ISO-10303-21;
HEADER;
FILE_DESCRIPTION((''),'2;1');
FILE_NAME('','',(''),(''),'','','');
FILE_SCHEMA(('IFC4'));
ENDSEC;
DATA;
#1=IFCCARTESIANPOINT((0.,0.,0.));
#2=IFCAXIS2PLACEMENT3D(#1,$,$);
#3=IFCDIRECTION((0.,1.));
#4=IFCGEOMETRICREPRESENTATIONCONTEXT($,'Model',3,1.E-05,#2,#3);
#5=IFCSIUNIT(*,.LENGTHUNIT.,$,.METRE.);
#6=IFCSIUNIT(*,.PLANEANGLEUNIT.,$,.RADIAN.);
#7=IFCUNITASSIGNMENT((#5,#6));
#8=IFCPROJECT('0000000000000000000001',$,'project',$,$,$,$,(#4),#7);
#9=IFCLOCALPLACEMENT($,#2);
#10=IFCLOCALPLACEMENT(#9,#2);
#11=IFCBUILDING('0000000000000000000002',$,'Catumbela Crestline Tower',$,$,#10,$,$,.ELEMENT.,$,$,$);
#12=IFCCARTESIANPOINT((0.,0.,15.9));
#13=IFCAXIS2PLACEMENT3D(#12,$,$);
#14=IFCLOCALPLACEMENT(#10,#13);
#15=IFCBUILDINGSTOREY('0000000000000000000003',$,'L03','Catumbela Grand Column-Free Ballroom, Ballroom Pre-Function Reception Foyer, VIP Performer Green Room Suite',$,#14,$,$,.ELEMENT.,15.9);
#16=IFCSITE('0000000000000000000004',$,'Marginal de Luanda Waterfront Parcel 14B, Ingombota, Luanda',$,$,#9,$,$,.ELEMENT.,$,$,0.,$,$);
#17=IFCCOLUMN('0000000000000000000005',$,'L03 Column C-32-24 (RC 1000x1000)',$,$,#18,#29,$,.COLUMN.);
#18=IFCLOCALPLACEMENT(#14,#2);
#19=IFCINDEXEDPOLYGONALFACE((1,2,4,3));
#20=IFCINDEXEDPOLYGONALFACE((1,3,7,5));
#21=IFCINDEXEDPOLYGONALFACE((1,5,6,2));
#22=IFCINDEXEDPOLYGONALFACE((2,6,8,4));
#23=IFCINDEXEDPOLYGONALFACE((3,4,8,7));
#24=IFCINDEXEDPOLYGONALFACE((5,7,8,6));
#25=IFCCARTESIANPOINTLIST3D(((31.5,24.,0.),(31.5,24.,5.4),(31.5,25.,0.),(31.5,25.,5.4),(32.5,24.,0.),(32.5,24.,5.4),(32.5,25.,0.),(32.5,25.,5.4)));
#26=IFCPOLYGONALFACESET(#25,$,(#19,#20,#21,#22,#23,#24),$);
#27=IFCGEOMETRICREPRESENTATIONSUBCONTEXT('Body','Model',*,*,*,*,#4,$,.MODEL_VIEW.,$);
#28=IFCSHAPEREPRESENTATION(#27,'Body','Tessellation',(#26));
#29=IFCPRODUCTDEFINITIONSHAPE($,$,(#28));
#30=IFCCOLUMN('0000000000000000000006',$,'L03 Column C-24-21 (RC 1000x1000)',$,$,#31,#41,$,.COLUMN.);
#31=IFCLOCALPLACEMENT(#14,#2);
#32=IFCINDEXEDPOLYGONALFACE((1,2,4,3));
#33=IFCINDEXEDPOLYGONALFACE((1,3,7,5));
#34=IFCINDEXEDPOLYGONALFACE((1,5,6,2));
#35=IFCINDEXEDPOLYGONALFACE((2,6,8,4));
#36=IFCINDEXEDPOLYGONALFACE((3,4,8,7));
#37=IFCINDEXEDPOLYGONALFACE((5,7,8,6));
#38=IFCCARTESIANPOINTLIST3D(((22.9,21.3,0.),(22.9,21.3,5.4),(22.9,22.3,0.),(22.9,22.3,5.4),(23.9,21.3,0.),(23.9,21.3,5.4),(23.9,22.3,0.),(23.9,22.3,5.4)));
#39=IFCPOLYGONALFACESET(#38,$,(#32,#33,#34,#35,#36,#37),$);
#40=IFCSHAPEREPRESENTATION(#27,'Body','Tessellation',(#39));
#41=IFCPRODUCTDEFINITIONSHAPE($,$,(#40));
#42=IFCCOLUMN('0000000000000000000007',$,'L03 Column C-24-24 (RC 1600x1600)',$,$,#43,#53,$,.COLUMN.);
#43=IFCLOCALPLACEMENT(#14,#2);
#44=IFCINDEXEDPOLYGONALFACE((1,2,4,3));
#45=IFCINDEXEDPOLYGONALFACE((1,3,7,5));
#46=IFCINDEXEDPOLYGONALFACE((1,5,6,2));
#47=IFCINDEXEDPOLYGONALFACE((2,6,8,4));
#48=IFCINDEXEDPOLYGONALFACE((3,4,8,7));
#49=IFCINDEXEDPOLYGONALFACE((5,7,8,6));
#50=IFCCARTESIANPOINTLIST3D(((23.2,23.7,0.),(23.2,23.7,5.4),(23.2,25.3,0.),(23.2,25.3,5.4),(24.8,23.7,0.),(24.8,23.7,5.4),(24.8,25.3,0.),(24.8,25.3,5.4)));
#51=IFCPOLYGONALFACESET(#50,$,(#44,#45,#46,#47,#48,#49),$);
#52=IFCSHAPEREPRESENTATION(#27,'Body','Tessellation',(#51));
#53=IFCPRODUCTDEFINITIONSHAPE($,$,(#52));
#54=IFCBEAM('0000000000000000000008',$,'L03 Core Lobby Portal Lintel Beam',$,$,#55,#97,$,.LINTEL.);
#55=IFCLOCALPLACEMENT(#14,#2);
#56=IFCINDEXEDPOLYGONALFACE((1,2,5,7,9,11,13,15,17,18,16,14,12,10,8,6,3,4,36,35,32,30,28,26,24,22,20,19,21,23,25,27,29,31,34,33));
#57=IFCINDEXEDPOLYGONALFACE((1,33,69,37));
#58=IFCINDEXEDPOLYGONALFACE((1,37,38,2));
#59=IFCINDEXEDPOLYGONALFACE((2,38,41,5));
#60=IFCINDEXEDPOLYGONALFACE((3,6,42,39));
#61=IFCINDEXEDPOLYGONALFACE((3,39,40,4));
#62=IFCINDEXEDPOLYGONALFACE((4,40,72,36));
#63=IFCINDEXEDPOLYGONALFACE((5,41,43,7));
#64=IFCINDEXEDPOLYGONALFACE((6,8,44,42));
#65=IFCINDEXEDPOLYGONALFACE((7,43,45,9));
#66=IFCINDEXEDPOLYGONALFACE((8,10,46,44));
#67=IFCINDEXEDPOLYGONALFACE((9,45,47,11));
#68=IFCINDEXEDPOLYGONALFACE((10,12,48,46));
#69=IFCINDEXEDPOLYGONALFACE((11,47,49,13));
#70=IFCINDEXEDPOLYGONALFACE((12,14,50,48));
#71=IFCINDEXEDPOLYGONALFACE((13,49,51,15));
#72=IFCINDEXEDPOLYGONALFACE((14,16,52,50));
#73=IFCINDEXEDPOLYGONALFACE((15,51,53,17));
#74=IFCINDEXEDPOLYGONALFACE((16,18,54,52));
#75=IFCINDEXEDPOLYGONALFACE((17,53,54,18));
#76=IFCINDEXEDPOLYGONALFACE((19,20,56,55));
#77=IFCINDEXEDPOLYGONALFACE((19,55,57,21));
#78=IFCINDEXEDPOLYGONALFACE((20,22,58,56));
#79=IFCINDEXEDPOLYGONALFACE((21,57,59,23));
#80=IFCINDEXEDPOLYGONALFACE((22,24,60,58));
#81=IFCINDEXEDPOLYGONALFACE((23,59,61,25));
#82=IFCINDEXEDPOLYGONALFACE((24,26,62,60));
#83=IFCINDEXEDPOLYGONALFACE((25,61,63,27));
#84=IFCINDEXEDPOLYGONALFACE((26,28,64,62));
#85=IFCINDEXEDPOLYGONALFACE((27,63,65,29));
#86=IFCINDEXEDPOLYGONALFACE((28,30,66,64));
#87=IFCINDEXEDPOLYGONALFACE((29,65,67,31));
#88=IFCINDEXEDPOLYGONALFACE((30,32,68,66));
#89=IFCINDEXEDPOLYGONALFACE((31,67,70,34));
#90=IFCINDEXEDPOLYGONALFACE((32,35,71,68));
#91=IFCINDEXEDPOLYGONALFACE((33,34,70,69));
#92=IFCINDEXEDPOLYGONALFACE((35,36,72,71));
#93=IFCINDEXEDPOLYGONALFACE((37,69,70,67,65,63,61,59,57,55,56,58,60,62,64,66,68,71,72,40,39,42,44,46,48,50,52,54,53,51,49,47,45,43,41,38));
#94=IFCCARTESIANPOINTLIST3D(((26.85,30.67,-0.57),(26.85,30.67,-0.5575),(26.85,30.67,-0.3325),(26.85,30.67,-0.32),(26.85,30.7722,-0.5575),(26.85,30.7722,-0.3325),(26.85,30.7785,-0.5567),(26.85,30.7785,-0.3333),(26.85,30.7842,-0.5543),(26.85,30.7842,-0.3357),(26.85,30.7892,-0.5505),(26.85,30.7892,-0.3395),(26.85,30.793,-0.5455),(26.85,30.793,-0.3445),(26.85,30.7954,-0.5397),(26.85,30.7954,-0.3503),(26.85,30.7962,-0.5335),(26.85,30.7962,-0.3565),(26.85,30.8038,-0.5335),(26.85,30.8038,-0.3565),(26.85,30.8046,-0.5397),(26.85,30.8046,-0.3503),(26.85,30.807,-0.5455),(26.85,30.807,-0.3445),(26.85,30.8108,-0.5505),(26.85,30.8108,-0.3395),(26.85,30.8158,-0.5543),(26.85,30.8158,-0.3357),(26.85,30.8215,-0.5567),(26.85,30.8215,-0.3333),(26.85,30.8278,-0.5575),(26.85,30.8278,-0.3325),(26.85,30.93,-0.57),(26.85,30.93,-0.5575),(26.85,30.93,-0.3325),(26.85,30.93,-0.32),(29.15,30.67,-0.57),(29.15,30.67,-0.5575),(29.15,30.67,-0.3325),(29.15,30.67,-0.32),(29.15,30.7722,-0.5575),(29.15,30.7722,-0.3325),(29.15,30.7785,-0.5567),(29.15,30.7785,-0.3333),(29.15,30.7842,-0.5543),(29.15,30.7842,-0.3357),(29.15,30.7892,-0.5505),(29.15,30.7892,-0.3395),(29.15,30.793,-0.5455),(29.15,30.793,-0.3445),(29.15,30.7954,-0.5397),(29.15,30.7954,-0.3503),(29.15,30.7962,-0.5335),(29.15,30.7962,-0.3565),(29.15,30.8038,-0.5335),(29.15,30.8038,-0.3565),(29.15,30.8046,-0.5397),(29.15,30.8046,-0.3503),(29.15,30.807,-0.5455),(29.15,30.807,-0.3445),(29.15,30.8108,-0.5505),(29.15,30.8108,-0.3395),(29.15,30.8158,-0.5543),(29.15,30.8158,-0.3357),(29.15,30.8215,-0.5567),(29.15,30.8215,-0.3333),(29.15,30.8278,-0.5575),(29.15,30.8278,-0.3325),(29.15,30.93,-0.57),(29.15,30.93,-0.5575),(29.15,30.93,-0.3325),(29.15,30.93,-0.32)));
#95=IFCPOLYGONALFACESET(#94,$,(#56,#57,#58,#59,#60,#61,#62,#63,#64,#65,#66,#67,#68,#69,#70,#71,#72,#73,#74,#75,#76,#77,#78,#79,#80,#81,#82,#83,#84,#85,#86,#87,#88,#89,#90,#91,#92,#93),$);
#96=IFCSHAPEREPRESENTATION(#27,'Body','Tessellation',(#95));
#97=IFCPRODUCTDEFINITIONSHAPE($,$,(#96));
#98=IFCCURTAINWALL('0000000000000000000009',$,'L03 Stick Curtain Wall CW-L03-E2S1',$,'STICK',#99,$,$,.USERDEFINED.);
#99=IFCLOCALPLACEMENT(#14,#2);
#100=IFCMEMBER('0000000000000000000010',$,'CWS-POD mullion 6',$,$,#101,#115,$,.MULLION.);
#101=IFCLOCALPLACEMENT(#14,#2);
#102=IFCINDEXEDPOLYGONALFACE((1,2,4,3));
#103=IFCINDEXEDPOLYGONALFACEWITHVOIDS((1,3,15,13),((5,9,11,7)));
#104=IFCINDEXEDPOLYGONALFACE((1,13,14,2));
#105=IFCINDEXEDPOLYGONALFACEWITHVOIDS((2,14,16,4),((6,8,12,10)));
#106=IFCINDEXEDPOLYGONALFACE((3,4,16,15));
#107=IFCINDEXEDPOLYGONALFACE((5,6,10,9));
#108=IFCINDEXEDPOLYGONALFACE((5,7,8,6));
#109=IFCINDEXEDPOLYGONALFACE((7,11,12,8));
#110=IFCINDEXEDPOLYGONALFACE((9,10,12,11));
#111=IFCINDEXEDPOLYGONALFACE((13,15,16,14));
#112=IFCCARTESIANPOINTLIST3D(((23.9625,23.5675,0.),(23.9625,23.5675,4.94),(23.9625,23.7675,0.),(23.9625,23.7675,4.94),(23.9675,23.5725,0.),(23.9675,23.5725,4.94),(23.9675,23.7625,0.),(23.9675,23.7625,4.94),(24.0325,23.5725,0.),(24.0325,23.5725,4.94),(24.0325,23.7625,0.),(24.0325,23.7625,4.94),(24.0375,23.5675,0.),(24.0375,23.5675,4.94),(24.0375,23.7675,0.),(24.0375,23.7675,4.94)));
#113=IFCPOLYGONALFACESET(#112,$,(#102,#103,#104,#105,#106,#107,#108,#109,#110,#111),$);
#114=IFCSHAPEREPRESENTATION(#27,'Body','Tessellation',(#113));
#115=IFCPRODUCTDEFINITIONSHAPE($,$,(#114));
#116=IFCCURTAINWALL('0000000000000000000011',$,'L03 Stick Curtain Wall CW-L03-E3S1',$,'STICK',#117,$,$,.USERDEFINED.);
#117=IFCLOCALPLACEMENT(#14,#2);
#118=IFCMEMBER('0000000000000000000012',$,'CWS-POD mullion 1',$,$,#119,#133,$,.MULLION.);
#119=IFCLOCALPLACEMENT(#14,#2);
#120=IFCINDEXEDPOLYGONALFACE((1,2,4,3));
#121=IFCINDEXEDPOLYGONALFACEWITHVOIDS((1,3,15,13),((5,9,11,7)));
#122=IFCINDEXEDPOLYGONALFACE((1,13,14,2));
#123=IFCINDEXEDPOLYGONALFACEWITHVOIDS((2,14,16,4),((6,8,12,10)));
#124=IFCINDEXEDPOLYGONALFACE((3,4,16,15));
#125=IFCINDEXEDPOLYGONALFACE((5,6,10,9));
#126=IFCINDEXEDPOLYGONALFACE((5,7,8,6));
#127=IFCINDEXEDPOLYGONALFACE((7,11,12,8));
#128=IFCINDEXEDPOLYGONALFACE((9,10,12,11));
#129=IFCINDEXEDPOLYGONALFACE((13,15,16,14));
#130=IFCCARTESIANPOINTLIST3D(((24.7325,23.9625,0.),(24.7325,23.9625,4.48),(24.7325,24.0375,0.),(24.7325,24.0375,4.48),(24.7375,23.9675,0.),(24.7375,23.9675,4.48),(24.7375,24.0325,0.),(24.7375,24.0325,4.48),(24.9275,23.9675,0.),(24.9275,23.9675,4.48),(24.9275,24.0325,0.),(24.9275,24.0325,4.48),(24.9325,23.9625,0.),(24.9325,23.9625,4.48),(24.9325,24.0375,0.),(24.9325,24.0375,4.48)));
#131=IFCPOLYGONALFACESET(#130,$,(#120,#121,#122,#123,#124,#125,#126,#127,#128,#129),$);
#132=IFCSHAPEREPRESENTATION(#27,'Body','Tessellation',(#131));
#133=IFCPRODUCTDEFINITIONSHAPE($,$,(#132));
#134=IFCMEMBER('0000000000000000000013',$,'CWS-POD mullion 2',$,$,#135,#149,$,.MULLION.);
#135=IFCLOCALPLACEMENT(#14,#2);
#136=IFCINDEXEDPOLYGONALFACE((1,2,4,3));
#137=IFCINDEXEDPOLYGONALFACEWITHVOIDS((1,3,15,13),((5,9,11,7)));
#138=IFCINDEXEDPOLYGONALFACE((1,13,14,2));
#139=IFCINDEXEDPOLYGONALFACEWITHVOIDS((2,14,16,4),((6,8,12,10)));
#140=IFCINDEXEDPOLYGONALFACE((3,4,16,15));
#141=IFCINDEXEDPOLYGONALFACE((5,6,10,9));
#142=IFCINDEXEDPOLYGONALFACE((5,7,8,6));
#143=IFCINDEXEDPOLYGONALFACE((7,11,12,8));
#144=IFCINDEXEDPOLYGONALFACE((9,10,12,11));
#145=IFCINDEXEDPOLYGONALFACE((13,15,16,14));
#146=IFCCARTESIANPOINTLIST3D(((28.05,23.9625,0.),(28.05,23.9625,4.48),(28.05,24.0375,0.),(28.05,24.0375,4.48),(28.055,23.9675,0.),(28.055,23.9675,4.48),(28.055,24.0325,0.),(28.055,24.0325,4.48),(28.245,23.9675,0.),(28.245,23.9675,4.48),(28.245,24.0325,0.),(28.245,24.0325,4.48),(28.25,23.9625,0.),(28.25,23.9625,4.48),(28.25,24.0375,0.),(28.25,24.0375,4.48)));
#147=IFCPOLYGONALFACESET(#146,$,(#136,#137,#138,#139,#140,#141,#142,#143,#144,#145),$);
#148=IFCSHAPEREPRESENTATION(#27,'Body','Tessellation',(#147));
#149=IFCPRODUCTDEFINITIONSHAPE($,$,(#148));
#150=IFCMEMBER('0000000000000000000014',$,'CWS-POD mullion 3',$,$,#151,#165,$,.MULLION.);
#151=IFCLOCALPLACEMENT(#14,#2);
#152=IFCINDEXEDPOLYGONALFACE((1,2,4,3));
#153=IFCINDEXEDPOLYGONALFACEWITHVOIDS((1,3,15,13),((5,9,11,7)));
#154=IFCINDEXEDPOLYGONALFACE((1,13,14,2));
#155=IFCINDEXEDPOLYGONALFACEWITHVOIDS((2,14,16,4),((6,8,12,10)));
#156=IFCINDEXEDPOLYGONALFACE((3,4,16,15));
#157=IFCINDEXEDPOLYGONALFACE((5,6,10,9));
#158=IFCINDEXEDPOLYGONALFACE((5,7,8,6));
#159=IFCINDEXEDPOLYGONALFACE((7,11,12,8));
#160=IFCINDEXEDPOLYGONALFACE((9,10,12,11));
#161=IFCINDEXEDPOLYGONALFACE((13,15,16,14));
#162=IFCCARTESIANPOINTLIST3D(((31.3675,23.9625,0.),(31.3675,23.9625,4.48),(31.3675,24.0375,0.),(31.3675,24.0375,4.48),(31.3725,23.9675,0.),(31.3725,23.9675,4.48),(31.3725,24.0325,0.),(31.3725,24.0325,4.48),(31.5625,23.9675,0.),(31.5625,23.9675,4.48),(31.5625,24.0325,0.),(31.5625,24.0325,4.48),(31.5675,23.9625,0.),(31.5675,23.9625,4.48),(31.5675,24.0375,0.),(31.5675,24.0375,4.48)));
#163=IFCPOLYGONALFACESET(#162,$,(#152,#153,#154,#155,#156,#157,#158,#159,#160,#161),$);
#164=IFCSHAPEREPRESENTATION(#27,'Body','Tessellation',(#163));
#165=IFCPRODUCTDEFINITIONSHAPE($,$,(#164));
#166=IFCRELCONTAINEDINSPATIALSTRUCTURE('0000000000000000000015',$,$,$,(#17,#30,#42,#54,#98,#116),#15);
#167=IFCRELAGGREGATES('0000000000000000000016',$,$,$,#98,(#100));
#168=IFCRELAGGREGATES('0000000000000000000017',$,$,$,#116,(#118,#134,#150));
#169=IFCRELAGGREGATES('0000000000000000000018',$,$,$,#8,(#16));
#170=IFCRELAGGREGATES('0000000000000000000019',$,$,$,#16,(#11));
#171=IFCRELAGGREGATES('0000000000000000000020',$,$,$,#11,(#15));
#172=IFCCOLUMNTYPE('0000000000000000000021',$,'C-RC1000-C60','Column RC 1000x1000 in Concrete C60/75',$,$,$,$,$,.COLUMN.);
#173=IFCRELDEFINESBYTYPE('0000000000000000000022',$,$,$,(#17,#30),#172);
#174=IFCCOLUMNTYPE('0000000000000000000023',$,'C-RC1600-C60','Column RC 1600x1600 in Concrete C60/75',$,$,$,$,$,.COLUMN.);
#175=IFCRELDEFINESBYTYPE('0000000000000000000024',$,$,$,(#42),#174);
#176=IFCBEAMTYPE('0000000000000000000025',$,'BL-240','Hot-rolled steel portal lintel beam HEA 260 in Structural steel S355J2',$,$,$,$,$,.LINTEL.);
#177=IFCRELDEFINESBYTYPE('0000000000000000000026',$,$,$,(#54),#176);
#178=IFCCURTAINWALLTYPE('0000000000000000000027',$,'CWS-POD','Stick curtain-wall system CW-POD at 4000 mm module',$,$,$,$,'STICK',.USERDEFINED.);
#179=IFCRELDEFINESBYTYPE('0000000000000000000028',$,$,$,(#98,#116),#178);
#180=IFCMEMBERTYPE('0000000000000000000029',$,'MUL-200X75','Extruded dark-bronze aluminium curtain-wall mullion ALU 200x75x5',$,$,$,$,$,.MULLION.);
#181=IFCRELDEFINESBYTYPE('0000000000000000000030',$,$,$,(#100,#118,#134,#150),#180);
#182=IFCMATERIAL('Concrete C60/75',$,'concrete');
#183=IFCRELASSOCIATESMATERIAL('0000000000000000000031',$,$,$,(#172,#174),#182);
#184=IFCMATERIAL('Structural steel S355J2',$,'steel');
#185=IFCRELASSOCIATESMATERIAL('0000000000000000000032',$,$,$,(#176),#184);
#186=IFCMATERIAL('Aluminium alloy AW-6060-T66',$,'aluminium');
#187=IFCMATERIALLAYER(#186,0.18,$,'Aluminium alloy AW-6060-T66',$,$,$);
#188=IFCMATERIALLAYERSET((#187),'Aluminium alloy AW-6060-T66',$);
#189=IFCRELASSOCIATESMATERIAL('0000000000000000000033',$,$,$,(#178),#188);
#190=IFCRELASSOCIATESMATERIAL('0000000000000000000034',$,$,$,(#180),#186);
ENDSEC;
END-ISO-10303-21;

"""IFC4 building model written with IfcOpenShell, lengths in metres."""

from ifc_helpers import new_model, si_unit, direction, frame, origin, origin_2d, place, context, subcontext, project, spatial, rectangle, hollow_rectangle, i_section, extrude, material, layer, layer_set, material_profile, profile_set, type_object, element, aggregate, save


model = new_model("IFC4")

# Units and contexts
model_context = context("Model", 3, precision=1e-05, world=origin(), true_north=direction((0.0, 1.0)))
body_context = subcontext(model_context, "Body", "Model", "MODEL_VIEW")
ifc_project = project(units=[si_unit("LENGTHUNIT", "METRE"), si_unit("PLANEANGLEUNIT", "RADIAN")], contexts=[model_context])

# Site, building, storey
site_placement = place(None, origin())
site = spatial("IfcSite", under=ifc_project, at=site_placement, Name="Marginal de Luanda Waterfront Parcel 14B, Ingombota, Luanda", CompositionType="ELEMENT", RefElevation=0.0)
building_placement = place(site_placement, origin())
building = spatial("IfcBuilding", under=site, at=building_placement, Name="Catumbela Crestline Tower", CompositionType="ELEMENT")
storey_placement = place(building_placement, frame((0.0, 0.0, 15.9)))
storey = spatial("IfcBuildingStorey", under=building, at=storey_placement, Name="L03", Description="Catumbela Grand Column-Free Ballroom, Ballroom Pre-Function Reception Foyer, VIP Performer Green Room Suite", CompositionType="ELEMENT", Elevation=15.9)

# Columns
ifc_material_1 = material(Name="Concrete C60/75", Category="concrete")
ifc_material_profile_1 = material_profile(ifc_material_1, rectangle(XDim=1.0, YDim=1.0, at=origin_2d()), Name="RC 1000x1000")
ifc_profile_set_1 = profile_set([ifc_material_profile_1], Name="Concrete C60/75")
column_type_1 = type_object("IfcColumnType", Name="C-RC1000-C60", Description="Column RC 1000x1000 in Concrete C60/75", PredefinedType="COLUMN", material=ifc_profile_set_1)
for number, where, z_axis, x_axis, name in (
    (1, (32.0, 24.5, 0.0), (0.0, 0.0, 1.0), (1.0, 0.0, 0.0), "L03 Column C-32-24 (RC 1000x1000)"),
    (2, (23.4, 21.8, 0.0), (0.0, 0.0, 1.0), (1.0, 0.0, 0.0), "L03 Column C-24-21 (RC 1000x1000)"),
):
    element("IfcColumn", number, at=place(storey_placement, frame(where, z_axis=z_axis, x_axis=x_axis)), inside=storey, type_object=column_type_1, Name=name, PredefinedType="COLUMN", context=body_context, shape_type="SweptSolid", body=[
        extrude(rectangle(XDim=1.0, YDim=1.0, at=origin_2d()), origin(), (0.0, 0.0, 1.0), 5.4),
    ])
ifc_material_profile_2 = material_profile(ifc_material_1, rectangle(XDim=1.6, YDim=1.6, at=origin_2d()), Name="RC 1600x1600")
ifc_profile_set_2 = profile_set([ifc_material_profile_2], Name="Concrete C60/75")
column_type_2 = type_object("IfcColumnType", Name="C-RC1600-C60", Description="Column RC 1600x1600 in Concrete C60/75", PredefinedType="COLUMN", material=ifc_profile_set_2)
column_placement = place(storey_placement, frame((24.0, 24.5, 0.0), z_axis=(0.0, 0.0, 1.0), x_axis=(1.0, 0.0, 0.0)))
element("IfcColumn", 3, at=column_placement, inside=storey, type_object=column_type_2, Name="L03 Column C-24-24 (RC 1600x1600)", PredefinedType="COLUMN", context=body_context, shape_type="SweptSolid", body=[
    extrude(rectangle(XDim=1.6, YDim=1.6, at=origin_2d()), origin(), (0.0, 0.0, 1.0), 5.4),
])

# Beam
ifc_material_2 = material(Name="Structural steel S355J2", Category="steel")
ifc_material_profile_3 = material_profile(ifc_material_2, i_section(OverallWidth=0.26, OverallDepth=0.25, WebThickness=0.0075, FlangeThickness=0.0125, FilletRadius=0.024, at=origin_2d()), Name="HEA 260")
ifc_profile_set_3 = profile_set([ifc_material_profile_3], Name="Structural steel S355J2")
beam_type_1 = type_object("IfcBeamType", Name="BL-240", Description="Hot-rolled steel portal lintel beam HEA 260 in Structural steel S355J2", PredefinedType="LINTEL", material=ifc_profile_set_3)
beam_1_placement = place(storey_placement, frame((26.85, 30.8, -0.445), z_axis=(1.0, 0.0, 0.0), x_axis=(0.0, 1.0, 0.0)))
element("IfcBeam", 4, at=beam_1_placement, inside=storey, type_object=beam_type_1, Name="L03 Core Lobby Portal Lintel Beam", PredefinedType="LINTEL", context=body_context, shape_type="SweptSolid", body=[
    extrude(i_section(OverallWidth=0.26, OverallDepth=0.25, WebThickness=0.0075, FlangeThickness=0.0125, FilletRadius=0.024, at=origin_2d()), origin(), (0.0, 0.0, 1.0), 2.3),
])

# Curtain wall, member
ifc_material_3 = material(Name="Aluminium alloy AW-6060-T66", Category="aluminium")
ifc_layer_1 = layer(ifc_material_3, 0.18, Name="Aluminium alloy AW-6060-T66")
ifc_layer_set_1 = layer_set([ifc_layer_1], Name="Aluminium alloy AW-6060-T66")
curtain_wall_type = type_object("IfcCurtainWallType", Name="CWS-POD", Description="Stick curtain-wall system CW-POD at 4000 mm module", ElementType="STICK", PredefinedType="USERDEFINED", material=ifc_layer_set_1)
curtain_wall_1_placement = place(storey_placement, origin())
curtain_wall_1 = element("IfcCurtainWall", 5, at=curtain_wall_1_placement, inside=storey, type_object=curtain_wall_type, Name="L03 Stick Curtain Wall CW-L03-E2S1", ObjectType="STICK", PredefinedType="USERDEFINED")
ifc_material_profile_4 = material_profile(ifc_material_3, hollow_rectangle(XDim=0.075, YDim=0.2, WallThickness=0.005, at=origin_2d()), Name="ALU 200x75x5")
ifc_profile_set_4 = profile_set([ifc_material_profile_4], Name="Aluminium alloy AW-6060-T66")
member_type_1 = type_object("IfcMemberType", Name="MUL-200X75", Description="Extruded dark-bronze aluminium curtain-wall mullion ALU 200x75x5", PredefinedType="MULLION", material=ifc_profile_set_4)
member_1_placement = place(storey_placement, frame((24.0, 23.6675, 0.0), z_axis=(0.0, 0.0, 1.0), x_axis=(-1.0, 0.0, 0.0)))
member_1 = element("IfcMember", 6, at=member_1_placement, type_object=member_type_1, Name="CWS-POD mullion 6", PredefinedType="MULLION", context=body_context, shape_type="SweptSolid", body=[
    extrude(hollow_rectangle(XDim=0.075, YDim=0.2, WallThickness=0.005, at=origin_2d()), origin(), (0.0, 0.0, 1.0), 4.94),
])
aggregate(curtain_wall_1, [member_1])

# Curtain wall, members
curtain_wall_2_placement = place(storey_placement, origin())
curtain_wall_2 = element("IfcCurtainWall", 7, at=curtain_wall_2_placement, inside=storey, type_object=curtain_wall_type, Name="L03 Stick Curtain Wall CW-L03-E3S1", ObjectType="STICK", PredefinedType="USERDEFINED")
member_2_placement = place(storey_placement, frame((24.8325, 24.0, 0.0), z_axis=(0.0, 0.0, 1.0), x_axis=(0.0, 1.0, 0.0)))
member_2 = element("IfcMember", 8, at=member_2_placement, type_object=member_type_1, Name="CWS-POD mullion 1", PredefinedType="MULLION", context=body_context, shape_type="SweptSolid", body=[
    extrude(hollow_rectangle(XDim=0.075, YDim=0.2, WallThickness=0.005, at=origin_2d()), origin(), (0.0, 0.0, 1.0), 4.48),
])
member_3_placement = place(storey_placement, frame((28.15, 24.0, 0.0), z_axis=(0.0, 0.0, 1.0), x_axis=(0.0, 1.0, 0.0)))
member_3 = element("IfcMember", 9, at=member_3_placement, type_object=member_type_1, Name="CWS-POD mullion 2", PredefinedType="MULLION", context=body_context, shape_type="SweptSolid", body=[
    extrude(hollow_rectangle(XDim=0.075, YDim=0.2, WallThickness=0.005, at=origin_2d()), origin(), (0.0, 0.0, 1.0), 4.48),
])
member_4_placement = place(storey_placement, frame((31.4675, 24.0, 0.0), z_axis=(0.0, 0.0, 1.0), x_axis=(0.0, 1.0, 0.0)))
member_4 = element("IfcMember", 10, at=member_4_placement, type_object=member_type_1, Name="CWS-POD mullion 3", PredefinedType="MULLION", context=body_context, shape_type="SweptSolid", body=[
    extrude(hollow_rectangle(XDim=0.075, YDim=0.2, WallThickness=0.005, at=origin_2d()), origin(), (0.0, 0.0, 1.0), 4.48),
])

aggregate(curtain_wall_2, [member_2, member_3, member_4])

save(model, "model.ifc")
